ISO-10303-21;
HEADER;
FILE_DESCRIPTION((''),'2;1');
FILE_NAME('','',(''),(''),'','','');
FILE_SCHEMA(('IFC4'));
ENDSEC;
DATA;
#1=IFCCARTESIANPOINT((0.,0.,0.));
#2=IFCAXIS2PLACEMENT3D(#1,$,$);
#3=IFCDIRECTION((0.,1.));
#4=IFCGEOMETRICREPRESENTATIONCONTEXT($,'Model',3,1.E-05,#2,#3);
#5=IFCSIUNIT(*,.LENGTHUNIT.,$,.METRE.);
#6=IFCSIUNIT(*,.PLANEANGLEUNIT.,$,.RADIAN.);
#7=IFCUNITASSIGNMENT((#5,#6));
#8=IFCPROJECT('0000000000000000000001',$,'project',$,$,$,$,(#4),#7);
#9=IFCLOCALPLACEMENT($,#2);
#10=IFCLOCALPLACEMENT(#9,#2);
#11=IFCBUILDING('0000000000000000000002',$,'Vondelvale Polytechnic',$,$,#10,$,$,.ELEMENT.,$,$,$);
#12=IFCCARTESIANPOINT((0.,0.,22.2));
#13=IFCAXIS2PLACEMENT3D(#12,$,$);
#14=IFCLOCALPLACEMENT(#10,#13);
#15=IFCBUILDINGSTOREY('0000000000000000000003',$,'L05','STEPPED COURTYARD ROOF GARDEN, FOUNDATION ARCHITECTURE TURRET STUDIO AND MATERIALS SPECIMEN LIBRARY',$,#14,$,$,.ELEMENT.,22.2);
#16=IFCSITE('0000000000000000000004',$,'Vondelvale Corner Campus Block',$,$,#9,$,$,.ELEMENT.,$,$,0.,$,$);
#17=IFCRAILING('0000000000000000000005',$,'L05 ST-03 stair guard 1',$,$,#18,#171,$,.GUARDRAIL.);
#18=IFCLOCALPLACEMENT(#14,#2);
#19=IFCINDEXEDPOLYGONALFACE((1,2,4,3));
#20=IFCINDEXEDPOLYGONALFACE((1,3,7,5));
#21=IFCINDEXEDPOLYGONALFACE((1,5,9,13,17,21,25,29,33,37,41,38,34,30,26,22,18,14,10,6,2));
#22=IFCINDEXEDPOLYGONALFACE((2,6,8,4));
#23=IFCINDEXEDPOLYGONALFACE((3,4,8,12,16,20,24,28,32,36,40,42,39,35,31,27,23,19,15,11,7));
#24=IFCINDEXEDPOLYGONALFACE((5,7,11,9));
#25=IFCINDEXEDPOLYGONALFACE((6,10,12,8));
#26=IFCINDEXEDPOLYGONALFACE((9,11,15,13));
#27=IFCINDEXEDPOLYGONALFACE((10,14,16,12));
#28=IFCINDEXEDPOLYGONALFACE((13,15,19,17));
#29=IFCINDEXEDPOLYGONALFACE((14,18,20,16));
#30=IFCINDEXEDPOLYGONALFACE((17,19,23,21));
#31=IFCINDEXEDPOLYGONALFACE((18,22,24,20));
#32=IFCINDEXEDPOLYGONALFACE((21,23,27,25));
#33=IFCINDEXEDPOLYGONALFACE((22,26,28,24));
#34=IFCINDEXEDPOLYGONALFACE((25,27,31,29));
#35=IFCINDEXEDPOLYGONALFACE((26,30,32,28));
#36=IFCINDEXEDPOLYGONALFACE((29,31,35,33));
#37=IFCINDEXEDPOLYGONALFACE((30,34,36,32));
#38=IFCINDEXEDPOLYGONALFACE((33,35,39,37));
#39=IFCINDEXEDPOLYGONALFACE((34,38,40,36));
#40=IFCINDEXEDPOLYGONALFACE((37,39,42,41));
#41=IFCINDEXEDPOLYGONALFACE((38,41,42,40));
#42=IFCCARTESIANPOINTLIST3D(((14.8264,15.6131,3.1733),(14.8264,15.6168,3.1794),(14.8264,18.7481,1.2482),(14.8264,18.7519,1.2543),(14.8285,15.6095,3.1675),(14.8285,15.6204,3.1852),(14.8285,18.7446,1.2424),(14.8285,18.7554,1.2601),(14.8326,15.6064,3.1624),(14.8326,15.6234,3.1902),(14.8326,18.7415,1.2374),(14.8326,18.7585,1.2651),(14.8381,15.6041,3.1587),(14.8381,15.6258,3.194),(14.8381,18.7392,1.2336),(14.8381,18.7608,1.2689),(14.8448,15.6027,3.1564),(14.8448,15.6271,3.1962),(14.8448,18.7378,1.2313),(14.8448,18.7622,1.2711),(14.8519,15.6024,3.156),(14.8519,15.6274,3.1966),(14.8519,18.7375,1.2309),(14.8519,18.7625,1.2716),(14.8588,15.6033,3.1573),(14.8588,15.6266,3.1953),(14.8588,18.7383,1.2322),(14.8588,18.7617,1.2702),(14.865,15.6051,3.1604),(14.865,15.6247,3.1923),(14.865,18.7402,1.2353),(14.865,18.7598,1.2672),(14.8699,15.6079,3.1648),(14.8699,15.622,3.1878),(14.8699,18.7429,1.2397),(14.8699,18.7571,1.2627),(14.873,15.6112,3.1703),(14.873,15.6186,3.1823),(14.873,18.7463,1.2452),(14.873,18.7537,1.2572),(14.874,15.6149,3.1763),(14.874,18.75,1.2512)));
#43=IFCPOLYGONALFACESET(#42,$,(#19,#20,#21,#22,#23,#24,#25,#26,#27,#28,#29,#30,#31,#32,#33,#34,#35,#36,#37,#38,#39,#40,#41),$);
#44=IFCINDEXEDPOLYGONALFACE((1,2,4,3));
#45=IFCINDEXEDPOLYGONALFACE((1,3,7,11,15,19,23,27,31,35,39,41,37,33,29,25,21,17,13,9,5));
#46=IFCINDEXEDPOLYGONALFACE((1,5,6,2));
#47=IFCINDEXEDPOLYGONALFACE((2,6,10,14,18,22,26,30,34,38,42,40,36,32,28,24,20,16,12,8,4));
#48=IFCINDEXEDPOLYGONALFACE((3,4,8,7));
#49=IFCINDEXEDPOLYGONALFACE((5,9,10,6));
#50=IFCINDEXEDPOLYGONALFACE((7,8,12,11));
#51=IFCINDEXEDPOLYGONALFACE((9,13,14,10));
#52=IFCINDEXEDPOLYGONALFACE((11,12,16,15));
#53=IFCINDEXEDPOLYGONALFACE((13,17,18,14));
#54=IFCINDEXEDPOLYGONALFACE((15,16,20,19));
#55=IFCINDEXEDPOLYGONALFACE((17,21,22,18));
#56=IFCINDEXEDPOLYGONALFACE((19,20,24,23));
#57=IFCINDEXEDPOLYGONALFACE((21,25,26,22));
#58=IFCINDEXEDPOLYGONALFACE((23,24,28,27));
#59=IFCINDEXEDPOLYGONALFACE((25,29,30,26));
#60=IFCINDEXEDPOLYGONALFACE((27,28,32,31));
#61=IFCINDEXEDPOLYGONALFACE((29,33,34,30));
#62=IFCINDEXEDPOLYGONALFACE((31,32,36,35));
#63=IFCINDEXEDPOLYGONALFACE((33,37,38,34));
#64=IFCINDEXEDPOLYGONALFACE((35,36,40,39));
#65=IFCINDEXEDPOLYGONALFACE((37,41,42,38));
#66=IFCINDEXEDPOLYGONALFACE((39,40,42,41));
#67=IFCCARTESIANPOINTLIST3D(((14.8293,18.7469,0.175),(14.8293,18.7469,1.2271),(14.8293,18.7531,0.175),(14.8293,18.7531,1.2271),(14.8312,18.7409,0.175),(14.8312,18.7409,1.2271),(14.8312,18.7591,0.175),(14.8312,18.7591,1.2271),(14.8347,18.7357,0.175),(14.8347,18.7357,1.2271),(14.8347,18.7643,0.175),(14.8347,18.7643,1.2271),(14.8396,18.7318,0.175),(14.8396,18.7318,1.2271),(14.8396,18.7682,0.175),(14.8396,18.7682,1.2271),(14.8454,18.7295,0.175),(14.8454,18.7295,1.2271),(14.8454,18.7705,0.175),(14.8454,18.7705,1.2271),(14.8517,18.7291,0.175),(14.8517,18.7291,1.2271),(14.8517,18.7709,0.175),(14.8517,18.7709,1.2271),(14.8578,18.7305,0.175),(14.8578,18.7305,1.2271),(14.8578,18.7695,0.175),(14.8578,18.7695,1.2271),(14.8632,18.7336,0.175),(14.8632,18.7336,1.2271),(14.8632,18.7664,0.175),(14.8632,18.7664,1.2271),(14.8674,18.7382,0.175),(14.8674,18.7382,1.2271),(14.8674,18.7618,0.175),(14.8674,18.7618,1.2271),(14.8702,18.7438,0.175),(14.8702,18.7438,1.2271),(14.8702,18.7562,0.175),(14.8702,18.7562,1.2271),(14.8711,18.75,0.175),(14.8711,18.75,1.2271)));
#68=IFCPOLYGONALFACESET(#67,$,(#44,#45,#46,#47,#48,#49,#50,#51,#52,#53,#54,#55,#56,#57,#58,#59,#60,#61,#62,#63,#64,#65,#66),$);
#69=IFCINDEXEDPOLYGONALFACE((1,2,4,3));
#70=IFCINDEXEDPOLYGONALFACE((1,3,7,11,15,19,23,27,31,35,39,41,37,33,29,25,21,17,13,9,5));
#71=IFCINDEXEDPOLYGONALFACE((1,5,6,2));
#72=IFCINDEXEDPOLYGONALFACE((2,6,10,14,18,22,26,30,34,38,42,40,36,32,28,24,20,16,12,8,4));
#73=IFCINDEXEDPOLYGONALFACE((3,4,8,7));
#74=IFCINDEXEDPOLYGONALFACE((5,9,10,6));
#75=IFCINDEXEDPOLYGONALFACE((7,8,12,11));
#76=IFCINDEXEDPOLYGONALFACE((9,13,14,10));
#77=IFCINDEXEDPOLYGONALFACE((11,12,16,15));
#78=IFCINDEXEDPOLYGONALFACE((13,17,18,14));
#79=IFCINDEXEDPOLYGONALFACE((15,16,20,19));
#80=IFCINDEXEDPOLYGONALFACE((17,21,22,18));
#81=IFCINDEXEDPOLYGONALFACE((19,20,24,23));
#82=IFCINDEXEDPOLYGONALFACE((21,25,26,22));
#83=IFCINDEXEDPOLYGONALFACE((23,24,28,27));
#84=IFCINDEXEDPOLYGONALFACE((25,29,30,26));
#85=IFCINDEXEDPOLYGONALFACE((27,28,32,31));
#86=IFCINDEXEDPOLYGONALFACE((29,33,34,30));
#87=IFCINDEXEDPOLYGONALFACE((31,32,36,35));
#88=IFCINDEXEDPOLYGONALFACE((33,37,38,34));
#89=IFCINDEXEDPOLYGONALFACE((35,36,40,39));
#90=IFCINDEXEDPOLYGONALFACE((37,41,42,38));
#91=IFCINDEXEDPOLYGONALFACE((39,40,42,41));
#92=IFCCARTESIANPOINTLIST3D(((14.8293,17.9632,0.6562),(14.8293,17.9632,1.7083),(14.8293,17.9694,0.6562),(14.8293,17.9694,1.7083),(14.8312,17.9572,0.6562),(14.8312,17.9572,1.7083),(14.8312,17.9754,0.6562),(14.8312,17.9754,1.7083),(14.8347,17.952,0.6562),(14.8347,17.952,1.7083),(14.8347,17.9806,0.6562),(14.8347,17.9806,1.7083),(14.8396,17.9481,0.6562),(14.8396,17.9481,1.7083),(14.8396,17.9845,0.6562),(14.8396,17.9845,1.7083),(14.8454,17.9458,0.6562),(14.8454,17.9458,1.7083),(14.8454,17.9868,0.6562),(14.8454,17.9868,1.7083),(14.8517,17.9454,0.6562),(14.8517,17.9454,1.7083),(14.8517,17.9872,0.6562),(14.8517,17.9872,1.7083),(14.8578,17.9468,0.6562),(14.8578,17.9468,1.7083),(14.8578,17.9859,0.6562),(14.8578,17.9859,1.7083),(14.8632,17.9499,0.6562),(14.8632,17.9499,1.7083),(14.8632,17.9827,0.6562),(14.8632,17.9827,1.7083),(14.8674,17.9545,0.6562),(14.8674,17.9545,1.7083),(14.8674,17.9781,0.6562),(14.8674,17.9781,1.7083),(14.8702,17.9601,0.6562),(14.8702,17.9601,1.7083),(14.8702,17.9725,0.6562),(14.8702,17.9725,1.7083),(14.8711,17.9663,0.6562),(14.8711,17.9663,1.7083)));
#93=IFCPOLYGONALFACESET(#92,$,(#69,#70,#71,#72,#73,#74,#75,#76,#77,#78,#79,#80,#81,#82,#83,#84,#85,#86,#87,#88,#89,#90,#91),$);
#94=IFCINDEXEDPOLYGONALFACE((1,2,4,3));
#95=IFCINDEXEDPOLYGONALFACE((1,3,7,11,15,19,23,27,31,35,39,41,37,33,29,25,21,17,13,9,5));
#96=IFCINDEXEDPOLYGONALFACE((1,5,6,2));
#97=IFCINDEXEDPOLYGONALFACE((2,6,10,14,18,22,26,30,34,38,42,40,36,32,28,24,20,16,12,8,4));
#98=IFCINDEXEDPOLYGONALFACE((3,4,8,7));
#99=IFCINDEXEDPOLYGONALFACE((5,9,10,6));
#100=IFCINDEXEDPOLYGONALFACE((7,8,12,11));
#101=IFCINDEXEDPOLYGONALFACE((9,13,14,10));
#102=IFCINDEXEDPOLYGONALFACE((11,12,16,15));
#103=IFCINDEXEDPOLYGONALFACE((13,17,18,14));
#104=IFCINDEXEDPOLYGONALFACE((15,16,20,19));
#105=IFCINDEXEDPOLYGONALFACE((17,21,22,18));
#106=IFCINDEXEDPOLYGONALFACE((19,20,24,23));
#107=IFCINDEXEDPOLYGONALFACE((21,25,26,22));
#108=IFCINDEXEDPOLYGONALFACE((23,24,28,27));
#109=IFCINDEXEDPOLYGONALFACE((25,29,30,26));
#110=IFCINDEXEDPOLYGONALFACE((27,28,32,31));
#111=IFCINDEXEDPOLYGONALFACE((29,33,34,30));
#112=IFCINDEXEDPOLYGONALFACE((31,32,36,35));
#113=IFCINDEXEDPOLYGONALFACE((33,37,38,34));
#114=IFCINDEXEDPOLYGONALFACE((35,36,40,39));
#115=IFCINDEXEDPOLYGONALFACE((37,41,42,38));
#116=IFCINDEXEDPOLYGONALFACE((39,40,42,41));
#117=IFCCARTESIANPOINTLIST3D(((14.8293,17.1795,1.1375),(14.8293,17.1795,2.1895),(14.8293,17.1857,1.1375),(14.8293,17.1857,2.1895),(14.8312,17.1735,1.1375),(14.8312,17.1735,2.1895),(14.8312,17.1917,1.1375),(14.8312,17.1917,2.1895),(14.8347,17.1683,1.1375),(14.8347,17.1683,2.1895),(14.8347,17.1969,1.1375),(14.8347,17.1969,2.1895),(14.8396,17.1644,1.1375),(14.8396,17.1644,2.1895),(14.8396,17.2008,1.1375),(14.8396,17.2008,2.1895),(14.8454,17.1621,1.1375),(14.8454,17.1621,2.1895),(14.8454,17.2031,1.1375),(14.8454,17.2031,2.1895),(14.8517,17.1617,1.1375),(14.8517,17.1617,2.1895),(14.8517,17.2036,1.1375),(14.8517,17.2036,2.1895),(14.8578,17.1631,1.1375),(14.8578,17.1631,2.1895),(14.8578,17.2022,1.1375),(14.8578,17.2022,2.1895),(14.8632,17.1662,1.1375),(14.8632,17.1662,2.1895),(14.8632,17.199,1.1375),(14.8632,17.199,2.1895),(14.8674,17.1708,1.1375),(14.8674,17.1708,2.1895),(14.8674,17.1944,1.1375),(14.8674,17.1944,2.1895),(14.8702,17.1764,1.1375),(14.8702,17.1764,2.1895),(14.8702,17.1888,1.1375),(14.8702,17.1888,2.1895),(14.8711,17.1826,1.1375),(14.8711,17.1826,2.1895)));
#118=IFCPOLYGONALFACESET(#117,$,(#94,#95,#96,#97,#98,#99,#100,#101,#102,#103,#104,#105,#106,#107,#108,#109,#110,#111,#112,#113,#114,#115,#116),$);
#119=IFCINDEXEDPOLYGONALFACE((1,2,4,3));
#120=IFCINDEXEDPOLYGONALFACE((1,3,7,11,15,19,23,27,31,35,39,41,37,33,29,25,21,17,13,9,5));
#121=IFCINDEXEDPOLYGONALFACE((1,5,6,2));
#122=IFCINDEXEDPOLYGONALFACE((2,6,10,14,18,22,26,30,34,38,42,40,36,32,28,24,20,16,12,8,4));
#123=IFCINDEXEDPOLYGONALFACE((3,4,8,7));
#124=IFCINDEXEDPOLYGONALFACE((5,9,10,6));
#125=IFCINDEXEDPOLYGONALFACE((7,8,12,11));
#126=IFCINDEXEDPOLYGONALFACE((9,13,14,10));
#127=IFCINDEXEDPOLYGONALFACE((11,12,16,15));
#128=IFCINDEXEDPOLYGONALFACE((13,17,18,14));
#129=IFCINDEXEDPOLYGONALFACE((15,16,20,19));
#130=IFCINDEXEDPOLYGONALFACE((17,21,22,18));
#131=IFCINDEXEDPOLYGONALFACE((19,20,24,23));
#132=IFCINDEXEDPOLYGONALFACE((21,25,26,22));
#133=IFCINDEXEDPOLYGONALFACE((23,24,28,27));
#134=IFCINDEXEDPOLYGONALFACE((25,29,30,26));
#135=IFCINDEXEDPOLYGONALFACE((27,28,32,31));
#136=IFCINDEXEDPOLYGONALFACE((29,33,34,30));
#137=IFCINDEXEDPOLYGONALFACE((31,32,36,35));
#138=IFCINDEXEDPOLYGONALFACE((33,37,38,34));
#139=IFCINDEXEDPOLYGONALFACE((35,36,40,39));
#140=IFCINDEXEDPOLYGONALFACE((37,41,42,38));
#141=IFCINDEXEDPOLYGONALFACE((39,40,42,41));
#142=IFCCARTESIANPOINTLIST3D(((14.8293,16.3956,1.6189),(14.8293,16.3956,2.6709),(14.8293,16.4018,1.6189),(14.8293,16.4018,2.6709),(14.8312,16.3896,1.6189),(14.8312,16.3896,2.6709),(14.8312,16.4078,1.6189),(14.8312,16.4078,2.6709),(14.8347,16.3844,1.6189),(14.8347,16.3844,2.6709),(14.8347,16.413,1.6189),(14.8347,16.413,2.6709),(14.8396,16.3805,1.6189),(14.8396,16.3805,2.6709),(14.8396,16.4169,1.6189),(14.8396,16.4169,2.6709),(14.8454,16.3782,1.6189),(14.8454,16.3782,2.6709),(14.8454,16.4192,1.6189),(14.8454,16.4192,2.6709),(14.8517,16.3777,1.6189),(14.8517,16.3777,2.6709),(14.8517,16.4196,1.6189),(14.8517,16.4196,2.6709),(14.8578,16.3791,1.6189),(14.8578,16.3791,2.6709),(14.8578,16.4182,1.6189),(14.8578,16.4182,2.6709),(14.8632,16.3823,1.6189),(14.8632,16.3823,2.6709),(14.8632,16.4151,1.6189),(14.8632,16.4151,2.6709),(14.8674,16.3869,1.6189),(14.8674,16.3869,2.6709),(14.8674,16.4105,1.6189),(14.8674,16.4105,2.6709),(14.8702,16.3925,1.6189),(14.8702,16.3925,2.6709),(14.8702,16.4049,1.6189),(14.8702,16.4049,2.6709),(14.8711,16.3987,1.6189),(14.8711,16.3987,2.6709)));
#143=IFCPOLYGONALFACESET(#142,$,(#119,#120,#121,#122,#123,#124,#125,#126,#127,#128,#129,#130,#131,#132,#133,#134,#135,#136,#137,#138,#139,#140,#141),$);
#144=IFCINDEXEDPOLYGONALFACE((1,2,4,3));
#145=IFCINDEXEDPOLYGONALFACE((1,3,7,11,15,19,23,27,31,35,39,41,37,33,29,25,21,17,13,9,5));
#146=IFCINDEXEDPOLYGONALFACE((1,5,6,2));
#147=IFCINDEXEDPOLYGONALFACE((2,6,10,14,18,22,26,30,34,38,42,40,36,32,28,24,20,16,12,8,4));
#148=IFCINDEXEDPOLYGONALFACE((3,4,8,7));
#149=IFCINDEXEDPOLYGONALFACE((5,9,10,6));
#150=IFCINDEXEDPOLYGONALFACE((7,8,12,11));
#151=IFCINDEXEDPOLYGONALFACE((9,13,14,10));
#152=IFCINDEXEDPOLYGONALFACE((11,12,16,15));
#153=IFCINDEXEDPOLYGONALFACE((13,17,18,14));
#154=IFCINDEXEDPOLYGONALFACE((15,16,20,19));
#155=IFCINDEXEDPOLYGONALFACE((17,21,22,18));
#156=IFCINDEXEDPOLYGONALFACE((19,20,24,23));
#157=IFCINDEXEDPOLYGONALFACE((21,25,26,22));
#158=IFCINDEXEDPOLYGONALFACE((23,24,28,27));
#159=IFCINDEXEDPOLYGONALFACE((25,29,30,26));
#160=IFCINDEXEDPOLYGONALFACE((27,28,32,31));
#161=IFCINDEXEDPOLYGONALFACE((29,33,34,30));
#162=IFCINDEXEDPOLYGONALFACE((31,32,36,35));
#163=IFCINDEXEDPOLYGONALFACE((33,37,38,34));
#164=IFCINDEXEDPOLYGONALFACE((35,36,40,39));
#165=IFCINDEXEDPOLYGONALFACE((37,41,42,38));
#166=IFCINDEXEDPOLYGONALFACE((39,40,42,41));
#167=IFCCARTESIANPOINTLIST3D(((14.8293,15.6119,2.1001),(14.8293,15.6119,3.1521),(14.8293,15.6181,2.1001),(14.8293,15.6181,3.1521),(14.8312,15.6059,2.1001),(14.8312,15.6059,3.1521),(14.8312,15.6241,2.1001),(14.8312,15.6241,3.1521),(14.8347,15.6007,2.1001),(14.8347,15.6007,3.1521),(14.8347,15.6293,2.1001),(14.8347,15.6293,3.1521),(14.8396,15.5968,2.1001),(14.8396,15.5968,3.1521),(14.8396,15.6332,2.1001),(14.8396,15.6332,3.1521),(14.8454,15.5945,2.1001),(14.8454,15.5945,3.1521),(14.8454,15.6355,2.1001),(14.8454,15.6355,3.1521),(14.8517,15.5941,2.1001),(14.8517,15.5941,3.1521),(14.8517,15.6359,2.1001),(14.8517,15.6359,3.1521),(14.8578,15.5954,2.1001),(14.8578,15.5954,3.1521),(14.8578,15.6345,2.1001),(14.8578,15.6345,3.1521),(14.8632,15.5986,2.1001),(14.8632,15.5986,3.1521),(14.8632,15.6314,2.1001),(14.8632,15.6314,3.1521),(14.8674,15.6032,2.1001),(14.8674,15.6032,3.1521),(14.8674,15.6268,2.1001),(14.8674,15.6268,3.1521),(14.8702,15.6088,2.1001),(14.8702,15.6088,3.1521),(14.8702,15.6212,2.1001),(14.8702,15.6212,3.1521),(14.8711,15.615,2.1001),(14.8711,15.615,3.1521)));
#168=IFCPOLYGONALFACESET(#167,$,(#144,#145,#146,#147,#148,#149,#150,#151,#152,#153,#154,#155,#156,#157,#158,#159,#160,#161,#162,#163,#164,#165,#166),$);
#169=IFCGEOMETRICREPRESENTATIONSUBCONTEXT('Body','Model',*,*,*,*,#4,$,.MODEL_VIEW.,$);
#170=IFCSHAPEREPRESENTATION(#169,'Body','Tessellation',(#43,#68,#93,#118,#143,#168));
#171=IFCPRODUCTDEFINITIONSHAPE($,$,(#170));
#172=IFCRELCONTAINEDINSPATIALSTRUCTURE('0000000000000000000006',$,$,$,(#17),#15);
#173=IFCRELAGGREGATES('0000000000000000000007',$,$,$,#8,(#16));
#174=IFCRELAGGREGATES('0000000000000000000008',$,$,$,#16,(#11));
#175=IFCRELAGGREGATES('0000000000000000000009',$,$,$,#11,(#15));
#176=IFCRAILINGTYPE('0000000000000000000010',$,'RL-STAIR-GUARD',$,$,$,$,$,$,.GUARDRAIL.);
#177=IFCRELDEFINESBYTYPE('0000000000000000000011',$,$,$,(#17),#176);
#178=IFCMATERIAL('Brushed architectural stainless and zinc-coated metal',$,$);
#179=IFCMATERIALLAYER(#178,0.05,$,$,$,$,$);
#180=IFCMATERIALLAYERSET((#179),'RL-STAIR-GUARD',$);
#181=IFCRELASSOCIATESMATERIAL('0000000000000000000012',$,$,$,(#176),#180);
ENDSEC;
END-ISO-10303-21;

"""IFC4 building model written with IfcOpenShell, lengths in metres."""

from ifc_helpers import new_model, si_unit, direction, frame, origin, origin_2d, place, context, subcontext, project, spatial, circle, extrude, material, layer, layer_set, type_object, element, save


model = new_model("IFC4")

# Units and contexts
model_context = context("Model", 3, precision=1e-05, world=origin(), true_north=direction((0.0, 1.0)))
body_context = subcontext(model_context, "Body", "Model", "MODEL_VIEW")
ifc_project = project(units=[si_unit("LENGTHUNIT", "METRE"), si_unit("PLANEANGLEUNIT", "RADIAN")], contexts=[model_context])

# Site, building, storey
site_placement = place(None, origin())
site = spatial("IfcSite", under=ifc_project, at=site_placement, Name="Vondelvale Corner Campus Block", CompositionType="ELEMENT", RefElevation=0.0)
building_placement = place(site_placement, origin())
building = spatial("IfcBuilding", under=site, at=building_placement, Name="Vondelvale Polytechnic", CompositionType="ELEMENT")
storey_placement = place(building_placement, frame((0.0, 0.0, 22.2)))
storey = spatial("IfcBuildingStorey", under=building, at=storey_placement, Name="L05", Description="STEPPED COURTYARD ROOF GARDEN, FOUNDATION ARCHITECTURE TURRET STUDIO AND MATERIALS SPECIMEN LIBRARY", CompositionType="ELEMENT", Elevation=22.2)

# Shared definitions
ifc_material_1 = material(Name="Brushed architectural stainless and zinc-coated metal")

# Railing
ifc_layer_1 = layer(ifc_material_1, 0.05)
ifc_layer_set_1 = layer_set([ifc_layer_1], Name="RL-STAIR-GUARD")
railing_type_1 = type_object("IfcRailingType", Name="RL-STAIR-GUARD", PredefinedType="GUARDRAIL", material=ifc_layer_set_1)
railing_1_placement = place(storey_placement, frame((14.8501, 18.75, 0.175)))
element("IfcRailing", 1, at=railing_1_placement, inside=storey, type_object=railing_type_1, Name="L05 ST-03 stair guard 1", PredefinedType="GUARDRAIL", context=body_context, shape_type="SweptSolid", body=[
    extrude(circle(Radius=0.0239, at=origin_2d()), frame((0.0, 0.0, 1.0762), z_axis=(0.0, -0.852166, 0.523271), x_axis=(1.0, 0.0, 0.0)), (0.0, 0.0, 1.0), 3.679),
    extrude(circle(Radius=0.021, at=origin_2d()), origin(), (0.0, 0.0, 1.0), 1.052),
    extrude(circle(Radius=0.021, at=origin_2d()), frame((0.0, -0.7837, 0.4812)), (0.0, 0.0, 1.0), 1.052),
    extrude(circle(Radius=0.021, at=origin_2d()), frame((0.0, -1.5674, 0.9624)), (0.0, 0.0, 1.0), 1.052),
    extrude(circle(Radius=0.021, at=origin_2d()), frame((0.0, -2.3513, 1.4438)), (0.0, 0.0, 1.0), 1.052),
    extrude(circle(Radius=0.021, at=origin_2d()), frame((0.0, -3.135, 1.925)), (0.0, 0.0, 1.0), 1.052),
])

save(model, "model.ifc")
